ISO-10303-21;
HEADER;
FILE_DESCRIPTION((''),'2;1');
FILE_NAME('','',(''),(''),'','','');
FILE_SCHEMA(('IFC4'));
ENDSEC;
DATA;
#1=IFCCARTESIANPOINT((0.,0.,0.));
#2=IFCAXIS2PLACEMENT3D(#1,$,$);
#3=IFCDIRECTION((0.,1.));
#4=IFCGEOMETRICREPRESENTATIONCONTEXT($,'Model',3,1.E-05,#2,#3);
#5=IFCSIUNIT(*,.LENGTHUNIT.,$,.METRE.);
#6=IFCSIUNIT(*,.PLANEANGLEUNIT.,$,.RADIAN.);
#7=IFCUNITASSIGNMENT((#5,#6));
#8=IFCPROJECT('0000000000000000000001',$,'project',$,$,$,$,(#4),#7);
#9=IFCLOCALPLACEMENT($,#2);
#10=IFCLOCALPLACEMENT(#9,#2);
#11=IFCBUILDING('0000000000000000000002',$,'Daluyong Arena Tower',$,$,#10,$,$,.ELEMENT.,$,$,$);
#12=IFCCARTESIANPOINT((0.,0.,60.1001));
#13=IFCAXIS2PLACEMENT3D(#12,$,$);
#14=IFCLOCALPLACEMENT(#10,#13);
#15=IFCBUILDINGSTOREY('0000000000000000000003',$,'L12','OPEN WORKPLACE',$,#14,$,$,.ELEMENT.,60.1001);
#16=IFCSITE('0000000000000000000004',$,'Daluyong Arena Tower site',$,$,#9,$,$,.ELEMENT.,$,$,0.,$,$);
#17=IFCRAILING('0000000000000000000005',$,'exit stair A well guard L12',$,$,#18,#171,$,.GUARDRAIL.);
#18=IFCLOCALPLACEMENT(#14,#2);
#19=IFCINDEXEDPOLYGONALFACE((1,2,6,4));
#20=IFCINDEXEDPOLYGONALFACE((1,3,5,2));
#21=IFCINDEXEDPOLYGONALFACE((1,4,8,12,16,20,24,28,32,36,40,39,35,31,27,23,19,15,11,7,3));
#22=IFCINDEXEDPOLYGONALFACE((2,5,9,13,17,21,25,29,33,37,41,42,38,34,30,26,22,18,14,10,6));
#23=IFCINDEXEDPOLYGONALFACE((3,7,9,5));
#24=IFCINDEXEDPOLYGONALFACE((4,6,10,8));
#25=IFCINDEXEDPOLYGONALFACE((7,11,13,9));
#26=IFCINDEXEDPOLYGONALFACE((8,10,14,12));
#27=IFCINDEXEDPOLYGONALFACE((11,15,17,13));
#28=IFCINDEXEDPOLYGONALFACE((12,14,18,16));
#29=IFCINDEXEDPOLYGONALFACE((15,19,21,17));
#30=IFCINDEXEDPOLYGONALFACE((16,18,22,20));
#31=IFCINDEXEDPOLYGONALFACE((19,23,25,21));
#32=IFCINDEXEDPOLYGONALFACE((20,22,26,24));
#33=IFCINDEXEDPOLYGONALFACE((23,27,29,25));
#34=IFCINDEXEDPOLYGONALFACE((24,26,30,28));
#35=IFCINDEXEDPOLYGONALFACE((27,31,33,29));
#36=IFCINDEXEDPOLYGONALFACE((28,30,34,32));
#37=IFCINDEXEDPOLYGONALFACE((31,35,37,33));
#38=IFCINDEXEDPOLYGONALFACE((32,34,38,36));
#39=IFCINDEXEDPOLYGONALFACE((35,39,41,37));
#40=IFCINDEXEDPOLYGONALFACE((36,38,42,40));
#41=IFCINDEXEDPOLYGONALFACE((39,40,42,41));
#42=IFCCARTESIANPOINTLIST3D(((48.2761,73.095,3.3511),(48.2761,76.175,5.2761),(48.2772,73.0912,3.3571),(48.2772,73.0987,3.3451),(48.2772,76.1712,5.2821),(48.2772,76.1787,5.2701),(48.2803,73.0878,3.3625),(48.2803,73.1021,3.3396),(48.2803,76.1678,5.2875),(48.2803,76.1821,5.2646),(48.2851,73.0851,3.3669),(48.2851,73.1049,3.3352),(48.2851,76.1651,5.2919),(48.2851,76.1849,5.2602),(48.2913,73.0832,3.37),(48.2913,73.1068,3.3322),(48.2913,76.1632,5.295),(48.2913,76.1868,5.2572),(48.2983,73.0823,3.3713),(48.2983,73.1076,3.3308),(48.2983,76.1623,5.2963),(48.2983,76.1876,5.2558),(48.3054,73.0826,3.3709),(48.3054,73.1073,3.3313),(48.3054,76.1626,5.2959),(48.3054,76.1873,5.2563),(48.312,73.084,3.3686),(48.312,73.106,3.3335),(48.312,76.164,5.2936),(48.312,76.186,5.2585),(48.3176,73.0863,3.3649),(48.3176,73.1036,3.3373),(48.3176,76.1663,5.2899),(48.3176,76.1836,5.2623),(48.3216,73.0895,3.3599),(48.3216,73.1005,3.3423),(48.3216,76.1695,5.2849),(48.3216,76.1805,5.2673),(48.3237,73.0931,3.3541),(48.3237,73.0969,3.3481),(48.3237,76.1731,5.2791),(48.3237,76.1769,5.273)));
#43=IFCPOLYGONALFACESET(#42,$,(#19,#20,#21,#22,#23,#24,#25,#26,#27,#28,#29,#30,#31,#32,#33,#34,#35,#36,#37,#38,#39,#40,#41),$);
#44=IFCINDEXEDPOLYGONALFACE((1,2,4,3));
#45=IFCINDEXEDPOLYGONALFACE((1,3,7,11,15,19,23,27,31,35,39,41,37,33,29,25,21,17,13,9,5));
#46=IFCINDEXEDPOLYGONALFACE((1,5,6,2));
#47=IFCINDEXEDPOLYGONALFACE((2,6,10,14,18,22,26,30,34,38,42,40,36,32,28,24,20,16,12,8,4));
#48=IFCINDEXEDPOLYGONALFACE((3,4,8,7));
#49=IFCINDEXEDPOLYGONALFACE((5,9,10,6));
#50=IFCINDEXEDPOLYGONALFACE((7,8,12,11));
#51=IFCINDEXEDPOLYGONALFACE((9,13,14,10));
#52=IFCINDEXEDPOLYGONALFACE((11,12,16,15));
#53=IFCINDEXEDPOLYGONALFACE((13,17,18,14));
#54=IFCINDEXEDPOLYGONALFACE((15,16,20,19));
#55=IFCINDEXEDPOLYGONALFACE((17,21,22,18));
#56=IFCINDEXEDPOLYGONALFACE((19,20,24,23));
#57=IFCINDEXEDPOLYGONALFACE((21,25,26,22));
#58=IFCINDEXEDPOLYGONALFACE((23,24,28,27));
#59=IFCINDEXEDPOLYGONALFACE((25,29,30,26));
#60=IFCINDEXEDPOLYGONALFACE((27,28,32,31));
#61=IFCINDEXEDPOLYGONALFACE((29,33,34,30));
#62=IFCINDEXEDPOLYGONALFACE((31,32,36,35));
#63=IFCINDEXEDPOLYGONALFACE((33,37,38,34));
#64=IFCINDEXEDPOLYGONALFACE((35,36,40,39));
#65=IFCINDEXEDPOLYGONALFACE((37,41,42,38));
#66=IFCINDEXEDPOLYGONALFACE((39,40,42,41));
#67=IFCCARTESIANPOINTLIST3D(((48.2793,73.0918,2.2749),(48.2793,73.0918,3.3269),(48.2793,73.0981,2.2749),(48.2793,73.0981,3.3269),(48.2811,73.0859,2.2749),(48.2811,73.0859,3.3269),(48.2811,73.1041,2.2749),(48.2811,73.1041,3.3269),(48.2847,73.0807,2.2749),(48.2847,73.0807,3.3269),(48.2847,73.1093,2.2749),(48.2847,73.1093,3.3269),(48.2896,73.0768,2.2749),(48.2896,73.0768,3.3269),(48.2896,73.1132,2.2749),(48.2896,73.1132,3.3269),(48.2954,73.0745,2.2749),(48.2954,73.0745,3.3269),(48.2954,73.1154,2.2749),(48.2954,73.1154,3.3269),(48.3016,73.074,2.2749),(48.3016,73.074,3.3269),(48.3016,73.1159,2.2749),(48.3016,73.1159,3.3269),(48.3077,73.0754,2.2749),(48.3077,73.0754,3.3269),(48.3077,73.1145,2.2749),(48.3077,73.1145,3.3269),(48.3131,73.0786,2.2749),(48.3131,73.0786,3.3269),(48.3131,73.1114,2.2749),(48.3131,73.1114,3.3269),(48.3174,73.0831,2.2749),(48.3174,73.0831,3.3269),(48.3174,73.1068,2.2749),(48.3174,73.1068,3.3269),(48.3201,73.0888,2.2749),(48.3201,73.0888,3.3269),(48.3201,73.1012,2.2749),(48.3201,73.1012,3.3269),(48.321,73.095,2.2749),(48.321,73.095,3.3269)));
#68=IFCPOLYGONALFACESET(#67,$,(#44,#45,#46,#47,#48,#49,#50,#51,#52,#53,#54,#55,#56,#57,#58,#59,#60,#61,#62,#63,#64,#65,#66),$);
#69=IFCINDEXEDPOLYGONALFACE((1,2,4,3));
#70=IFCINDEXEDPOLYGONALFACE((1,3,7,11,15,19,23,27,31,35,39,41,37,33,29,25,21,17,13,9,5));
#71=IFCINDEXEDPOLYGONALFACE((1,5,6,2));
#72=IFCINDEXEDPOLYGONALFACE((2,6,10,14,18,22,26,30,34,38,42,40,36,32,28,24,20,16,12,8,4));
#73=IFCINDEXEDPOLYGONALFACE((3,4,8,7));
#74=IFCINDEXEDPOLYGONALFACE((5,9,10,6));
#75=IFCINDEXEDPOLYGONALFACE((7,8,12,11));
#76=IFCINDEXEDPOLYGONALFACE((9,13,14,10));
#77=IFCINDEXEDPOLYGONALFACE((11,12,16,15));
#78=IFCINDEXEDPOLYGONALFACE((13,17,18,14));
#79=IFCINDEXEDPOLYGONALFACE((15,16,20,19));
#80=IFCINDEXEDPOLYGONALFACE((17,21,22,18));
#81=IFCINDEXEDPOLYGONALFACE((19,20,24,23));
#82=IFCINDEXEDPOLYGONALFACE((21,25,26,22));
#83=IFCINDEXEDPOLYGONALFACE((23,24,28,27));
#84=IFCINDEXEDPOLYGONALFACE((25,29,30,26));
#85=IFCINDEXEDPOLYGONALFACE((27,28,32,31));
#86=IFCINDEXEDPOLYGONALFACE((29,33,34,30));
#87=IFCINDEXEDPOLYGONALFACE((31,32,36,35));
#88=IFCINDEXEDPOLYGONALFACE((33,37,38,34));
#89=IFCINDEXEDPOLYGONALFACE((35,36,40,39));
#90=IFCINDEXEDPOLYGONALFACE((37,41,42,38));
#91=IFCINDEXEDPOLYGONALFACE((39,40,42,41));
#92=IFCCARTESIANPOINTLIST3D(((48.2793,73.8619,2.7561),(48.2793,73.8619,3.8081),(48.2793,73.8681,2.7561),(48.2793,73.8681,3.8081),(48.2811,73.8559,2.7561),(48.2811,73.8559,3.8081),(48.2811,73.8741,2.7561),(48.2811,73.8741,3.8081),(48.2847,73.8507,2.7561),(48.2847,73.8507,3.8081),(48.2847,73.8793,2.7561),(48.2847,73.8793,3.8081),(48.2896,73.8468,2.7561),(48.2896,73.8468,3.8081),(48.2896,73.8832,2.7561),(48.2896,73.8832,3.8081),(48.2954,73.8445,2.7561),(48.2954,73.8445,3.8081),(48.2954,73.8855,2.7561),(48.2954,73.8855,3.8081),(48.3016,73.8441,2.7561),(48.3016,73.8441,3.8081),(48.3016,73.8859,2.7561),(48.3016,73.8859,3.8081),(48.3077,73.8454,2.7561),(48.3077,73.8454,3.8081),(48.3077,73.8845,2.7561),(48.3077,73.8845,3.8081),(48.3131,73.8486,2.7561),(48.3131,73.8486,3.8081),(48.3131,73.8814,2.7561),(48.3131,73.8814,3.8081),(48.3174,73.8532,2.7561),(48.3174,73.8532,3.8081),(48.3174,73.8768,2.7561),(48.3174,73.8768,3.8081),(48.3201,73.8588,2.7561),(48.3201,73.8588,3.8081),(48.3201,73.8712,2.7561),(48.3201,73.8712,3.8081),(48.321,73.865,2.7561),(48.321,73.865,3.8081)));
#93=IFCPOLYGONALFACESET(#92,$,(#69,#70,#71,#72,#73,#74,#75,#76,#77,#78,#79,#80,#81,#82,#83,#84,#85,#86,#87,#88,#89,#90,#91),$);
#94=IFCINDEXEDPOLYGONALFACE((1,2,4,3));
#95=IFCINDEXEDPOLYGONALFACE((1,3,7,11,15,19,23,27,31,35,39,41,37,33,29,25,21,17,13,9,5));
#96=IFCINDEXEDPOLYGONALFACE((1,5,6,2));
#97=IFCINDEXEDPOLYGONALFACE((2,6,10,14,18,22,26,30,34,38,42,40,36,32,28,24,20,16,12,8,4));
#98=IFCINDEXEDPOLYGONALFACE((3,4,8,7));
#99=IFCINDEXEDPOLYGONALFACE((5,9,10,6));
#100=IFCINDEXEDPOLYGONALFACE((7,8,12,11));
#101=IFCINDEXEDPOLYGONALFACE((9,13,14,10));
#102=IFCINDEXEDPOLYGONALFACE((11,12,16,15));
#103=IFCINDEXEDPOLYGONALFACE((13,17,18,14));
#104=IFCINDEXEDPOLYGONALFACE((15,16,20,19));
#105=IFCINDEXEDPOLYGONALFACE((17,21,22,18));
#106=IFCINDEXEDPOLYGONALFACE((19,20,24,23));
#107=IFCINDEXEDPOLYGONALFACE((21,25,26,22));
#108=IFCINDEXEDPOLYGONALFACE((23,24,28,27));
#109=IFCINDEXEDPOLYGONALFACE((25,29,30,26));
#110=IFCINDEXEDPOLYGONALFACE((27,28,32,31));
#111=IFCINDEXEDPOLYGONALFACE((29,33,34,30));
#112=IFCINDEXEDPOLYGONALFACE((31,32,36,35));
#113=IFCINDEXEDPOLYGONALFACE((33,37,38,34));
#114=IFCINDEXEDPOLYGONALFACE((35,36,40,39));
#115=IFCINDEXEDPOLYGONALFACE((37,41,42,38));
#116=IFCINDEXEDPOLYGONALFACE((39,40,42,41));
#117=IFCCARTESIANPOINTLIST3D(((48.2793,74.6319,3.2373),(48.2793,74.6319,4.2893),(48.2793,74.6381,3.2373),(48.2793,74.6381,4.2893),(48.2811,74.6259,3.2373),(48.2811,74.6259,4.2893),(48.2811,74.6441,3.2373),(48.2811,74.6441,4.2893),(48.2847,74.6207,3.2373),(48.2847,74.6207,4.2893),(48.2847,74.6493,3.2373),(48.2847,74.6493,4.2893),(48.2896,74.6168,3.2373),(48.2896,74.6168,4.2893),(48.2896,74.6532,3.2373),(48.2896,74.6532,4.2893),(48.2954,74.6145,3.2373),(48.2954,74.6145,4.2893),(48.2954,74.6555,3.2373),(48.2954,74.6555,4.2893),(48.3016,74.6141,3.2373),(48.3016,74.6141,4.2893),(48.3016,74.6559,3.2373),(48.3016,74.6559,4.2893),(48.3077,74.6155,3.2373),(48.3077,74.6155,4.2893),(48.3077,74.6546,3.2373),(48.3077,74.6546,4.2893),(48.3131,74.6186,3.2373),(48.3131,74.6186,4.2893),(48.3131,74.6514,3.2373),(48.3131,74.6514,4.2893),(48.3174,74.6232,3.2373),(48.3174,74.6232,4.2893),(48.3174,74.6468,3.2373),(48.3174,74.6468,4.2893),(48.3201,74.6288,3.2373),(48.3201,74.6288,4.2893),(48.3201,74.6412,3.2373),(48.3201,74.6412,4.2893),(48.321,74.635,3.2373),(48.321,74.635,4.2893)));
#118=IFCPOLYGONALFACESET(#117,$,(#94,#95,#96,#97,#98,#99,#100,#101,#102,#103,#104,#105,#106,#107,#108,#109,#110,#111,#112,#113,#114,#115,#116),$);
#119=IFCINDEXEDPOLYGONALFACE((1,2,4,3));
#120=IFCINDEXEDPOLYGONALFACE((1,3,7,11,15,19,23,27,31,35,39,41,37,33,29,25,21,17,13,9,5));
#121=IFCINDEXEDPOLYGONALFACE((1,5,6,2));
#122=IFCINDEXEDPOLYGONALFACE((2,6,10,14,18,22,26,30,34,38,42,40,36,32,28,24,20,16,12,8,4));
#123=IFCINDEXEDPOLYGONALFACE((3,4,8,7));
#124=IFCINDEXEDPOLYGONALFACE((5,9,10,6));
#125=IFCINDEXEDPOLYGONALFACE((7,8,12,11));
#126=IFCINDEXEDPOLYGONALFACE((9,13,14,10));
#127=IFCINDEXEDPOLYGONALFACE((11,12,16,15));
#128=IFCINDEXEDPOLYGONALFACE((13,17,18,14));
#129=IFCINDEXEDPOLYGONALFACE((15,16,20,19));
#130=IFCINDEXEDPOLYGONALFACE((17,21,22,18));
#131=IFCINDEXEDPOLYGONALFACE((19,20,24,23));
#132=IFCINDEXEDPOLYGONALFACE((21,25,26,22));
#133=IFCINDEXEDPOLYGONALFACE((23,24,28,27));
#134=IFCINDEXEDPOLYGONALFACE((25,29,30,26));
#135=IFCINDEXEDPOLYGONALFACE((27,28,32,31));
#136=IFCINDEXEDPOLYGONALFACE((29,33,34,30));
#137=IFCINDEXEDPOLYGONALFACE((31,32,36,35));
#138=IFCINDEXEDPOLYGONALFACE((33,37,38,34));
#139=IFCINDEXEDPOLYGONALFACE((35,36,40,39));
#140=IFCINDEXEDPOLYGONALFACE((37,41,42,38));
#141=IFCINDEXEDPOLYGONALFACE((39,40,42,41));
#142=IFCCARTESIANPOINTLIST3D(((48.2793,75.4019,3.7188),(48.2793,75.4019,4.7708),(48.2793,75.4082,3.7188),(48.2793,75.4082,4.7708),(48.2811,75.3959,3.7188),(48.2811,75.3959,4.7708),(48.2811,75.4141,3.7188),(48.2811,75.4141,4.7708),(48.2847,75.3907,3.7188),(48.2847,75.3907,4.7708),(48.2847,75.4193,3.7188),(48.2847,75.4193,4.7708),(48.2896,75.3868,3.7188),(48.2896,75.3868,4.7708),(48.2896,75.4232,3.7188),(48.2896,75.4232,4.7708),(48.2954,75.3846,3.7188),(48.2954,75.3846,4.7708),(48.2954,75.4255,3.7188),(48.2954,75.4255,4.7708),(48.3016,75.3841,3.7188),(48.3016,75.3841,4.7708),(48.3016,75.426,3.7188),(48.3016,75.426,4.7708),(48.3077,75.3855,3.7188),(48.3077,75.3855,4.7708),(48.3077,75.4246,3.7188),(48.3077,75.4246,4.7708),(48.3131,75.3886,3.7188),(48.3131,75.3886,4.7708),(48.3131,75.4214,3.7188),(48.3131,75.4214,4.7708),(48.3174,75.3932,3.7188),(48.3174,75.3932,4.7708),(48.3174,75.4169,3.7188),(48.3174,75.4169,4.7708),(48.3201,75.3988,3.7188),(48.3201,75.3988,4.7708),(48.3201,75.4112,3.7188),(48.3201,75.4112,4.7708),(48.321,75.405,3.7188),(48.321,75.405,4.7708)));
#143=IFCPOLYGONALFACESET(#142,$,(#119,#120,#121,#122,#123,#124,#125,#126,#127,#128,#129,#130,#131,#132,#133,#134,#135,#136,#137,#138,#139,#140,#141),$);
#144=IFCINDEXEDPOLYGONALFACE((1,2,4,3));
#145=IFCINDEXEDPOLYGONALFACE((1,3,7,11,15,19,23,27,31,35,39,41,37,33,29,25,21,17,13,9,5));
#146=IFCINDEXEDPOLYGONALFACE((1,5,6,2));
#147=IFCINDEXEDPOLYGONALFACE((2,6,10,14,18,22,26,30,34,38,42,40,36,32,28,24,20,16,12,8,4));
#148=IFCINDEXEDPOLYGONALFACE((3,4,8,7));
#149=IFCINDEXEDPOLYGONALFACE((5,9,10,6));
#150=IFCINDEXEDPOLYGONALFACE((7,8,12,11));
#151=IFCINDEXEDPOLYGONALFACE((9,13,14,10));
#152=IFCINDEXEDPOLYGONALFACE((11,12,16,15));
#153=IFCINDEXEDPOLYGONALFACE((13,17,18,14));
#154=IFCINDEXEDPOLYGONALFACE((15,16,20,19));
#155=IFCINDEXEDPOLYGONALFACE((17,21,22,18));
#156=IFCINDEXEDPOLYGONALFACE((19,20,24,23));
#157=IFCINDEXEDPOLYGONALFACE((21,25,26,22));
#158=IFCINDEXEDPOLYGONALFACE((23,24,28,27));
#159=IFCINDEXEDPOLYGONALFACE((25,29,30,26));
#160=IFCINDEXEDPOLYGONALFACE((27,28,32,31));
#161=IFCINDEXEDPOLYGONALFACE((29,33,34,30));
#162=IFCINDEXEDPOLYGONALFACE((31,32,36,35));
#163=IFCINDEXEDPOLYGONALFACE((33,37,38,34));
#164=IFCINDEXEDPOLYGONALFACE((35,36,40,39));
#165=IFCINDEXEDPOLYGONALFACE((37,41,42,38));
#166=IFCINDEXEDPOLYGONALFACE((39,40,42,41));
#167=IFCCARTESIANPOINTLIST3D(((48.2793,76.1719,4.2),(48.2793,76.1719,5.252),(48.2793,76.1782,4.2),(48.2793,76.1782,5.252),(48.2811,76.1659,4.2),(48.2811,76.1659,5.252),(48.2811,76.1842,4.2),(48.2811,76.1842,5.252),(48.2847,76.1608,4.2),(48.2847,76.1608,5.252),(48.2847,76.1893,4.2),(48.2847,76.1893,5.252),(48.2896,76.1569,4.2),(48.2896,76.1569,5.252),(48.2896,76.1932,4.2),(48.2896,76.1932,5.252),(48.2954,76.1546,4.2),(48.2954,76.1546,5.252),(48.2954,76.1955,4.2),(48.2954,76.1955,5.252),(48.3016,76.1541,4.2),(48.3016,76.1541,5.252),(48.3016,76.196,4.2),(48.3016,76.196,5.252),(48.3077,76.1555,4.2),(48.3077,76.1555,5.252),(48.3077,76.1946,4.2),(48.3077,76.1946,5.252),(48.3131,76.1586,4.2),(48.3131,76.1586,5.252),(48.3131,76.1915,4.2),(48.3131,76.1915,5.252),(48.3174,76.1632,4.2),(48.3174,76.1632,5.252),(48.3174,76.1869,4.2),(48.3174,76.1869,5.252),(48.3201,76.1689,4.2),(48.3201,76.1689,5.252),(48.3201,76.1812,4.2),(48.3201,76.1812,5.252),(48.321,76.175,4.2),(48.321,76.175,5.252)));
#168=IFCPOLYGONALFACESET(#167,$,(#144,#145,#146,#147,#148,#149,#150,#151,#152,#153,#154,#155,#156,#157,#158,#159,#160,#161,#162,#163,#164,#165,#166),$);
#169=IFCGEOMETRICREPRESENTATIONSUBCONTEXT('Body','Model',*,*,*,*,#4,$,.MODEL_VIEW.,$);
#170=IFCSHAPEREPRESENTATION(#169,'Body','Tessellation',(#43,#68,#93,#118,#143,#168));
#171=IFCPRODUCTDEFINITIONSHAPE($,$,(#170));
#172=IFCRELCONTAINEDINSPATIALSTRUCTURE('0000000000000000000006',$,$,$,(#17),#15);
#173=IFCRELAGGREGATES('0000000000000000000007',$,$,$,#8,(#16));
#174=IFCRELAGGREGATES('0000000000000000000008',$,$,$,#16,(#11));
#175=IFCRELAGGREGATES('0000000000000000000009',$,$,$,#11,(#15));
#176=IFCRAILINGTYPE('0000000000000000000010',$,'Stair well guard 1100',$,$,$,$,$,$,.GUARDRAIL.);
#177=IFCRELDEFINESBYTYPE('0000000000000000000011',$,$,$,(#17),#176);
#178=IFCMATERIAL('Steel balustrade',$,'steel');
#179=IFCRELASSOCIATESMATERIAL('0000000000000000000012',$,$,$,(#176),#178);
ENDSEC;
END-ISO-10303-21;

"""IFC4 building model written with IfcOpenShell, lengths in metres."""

from ifc_helpers import new_model, si_unit, direction, frame, origin, origin_2d, place, context, subcontext, project, spatial, circle, extrude, material, type_object, element, save


model = new_model("IFC4")

# Units and contexts
model_context = context("Model", 3, precision=1e-05, world=origin(), true_north=direction((0.0, 1.0)))
body_context = subcontext(model_context, "Body", "Model", "MODEL_VIEW")
ifc_project = project(units=[si_unit("LENGTHUNIT", "METRE"), si_unit("PLANEANGLEUNIT", "RADIAN")], contexts=[model_context])

# Site, building, storey
site_placement = place(None, origin())
site = spatial("IfcSite", under=ifc_project, at=site_placement, Name="Daluyong Arena Tower site", CompositionType="ELEMENT", RefElevation=0.0)
building_placement = place(site_placement, origin())
building = spatial("IfcBuilding", under=site, at=building_placement, Name="Daluyong Arena Tower", CompositionType="ELEMENT")
storey_placement = place(building_placement, frame((0.0, 0.0, 60.1001)))
storey = spatial("IfcBuildingStorey", under=building, at=storey_placement, Name="L12", Description="OPEN WORKPLACE", CompositionType="ELEMENT", Elevation=60.1001)

# Railing
ifc_material_1 = material(Name="Steel balustrade", Category="steel")
railing_type_1 = type_object("IfcRailingType", Name="Stair well guard 1100", PredefinedType="GUARDRAIL", material=ifc_material_1)
railing_1_placement = place(storey_placement, frame((48.3, 73.095, 2.2749)))
element("IfcRailing", 1, at=railing_1_placement, inside=storey, type_object=railing_type_1, Name="exit stair A well guard L12", PredefinedType="GUARDRAIL", context=body_context, shape_type="SweptSolid", body=[
    extrude(circle(Radius=0.0239, at=origin_2d()), frame((0.0, 0.0, 1.0762), z_axis=(0.0, 0.847998, 0.529999), x_axis=(-1.0, 0.0, 0.0)), (0.0, 0.0, 1.0), 3.6321),
    extrude(circle(Radius=0.021, at=origin_2d()), origin(), (0.0, 0.0, 1.0), 1.052),
    extrude(circle(Radius=0.021, at=origin_2d()), frame((0.0, 0.77, 0.4812)), (0.0, 0.0, 1.0), 1.052),
    extrude(circle(Radius=0.021, at=origin_2d()), frame((0.0, 1.54, 0.9624)), (0.0, 0.0, 1.0), 1.052),
    extrude(circle(Radius=0.021, at=origin_2d()), frame((0.0, 2.3101, 1.4438)), (0.0, 0.0, 1.0), 1.052),
    extrude(circle(Radius=0.021, at=origin_2d()), frame((0.0, 3.0801, 1.925)), (0.0, 0.0, 1.0), 1.052),
])

save(model, "model.ifc")
